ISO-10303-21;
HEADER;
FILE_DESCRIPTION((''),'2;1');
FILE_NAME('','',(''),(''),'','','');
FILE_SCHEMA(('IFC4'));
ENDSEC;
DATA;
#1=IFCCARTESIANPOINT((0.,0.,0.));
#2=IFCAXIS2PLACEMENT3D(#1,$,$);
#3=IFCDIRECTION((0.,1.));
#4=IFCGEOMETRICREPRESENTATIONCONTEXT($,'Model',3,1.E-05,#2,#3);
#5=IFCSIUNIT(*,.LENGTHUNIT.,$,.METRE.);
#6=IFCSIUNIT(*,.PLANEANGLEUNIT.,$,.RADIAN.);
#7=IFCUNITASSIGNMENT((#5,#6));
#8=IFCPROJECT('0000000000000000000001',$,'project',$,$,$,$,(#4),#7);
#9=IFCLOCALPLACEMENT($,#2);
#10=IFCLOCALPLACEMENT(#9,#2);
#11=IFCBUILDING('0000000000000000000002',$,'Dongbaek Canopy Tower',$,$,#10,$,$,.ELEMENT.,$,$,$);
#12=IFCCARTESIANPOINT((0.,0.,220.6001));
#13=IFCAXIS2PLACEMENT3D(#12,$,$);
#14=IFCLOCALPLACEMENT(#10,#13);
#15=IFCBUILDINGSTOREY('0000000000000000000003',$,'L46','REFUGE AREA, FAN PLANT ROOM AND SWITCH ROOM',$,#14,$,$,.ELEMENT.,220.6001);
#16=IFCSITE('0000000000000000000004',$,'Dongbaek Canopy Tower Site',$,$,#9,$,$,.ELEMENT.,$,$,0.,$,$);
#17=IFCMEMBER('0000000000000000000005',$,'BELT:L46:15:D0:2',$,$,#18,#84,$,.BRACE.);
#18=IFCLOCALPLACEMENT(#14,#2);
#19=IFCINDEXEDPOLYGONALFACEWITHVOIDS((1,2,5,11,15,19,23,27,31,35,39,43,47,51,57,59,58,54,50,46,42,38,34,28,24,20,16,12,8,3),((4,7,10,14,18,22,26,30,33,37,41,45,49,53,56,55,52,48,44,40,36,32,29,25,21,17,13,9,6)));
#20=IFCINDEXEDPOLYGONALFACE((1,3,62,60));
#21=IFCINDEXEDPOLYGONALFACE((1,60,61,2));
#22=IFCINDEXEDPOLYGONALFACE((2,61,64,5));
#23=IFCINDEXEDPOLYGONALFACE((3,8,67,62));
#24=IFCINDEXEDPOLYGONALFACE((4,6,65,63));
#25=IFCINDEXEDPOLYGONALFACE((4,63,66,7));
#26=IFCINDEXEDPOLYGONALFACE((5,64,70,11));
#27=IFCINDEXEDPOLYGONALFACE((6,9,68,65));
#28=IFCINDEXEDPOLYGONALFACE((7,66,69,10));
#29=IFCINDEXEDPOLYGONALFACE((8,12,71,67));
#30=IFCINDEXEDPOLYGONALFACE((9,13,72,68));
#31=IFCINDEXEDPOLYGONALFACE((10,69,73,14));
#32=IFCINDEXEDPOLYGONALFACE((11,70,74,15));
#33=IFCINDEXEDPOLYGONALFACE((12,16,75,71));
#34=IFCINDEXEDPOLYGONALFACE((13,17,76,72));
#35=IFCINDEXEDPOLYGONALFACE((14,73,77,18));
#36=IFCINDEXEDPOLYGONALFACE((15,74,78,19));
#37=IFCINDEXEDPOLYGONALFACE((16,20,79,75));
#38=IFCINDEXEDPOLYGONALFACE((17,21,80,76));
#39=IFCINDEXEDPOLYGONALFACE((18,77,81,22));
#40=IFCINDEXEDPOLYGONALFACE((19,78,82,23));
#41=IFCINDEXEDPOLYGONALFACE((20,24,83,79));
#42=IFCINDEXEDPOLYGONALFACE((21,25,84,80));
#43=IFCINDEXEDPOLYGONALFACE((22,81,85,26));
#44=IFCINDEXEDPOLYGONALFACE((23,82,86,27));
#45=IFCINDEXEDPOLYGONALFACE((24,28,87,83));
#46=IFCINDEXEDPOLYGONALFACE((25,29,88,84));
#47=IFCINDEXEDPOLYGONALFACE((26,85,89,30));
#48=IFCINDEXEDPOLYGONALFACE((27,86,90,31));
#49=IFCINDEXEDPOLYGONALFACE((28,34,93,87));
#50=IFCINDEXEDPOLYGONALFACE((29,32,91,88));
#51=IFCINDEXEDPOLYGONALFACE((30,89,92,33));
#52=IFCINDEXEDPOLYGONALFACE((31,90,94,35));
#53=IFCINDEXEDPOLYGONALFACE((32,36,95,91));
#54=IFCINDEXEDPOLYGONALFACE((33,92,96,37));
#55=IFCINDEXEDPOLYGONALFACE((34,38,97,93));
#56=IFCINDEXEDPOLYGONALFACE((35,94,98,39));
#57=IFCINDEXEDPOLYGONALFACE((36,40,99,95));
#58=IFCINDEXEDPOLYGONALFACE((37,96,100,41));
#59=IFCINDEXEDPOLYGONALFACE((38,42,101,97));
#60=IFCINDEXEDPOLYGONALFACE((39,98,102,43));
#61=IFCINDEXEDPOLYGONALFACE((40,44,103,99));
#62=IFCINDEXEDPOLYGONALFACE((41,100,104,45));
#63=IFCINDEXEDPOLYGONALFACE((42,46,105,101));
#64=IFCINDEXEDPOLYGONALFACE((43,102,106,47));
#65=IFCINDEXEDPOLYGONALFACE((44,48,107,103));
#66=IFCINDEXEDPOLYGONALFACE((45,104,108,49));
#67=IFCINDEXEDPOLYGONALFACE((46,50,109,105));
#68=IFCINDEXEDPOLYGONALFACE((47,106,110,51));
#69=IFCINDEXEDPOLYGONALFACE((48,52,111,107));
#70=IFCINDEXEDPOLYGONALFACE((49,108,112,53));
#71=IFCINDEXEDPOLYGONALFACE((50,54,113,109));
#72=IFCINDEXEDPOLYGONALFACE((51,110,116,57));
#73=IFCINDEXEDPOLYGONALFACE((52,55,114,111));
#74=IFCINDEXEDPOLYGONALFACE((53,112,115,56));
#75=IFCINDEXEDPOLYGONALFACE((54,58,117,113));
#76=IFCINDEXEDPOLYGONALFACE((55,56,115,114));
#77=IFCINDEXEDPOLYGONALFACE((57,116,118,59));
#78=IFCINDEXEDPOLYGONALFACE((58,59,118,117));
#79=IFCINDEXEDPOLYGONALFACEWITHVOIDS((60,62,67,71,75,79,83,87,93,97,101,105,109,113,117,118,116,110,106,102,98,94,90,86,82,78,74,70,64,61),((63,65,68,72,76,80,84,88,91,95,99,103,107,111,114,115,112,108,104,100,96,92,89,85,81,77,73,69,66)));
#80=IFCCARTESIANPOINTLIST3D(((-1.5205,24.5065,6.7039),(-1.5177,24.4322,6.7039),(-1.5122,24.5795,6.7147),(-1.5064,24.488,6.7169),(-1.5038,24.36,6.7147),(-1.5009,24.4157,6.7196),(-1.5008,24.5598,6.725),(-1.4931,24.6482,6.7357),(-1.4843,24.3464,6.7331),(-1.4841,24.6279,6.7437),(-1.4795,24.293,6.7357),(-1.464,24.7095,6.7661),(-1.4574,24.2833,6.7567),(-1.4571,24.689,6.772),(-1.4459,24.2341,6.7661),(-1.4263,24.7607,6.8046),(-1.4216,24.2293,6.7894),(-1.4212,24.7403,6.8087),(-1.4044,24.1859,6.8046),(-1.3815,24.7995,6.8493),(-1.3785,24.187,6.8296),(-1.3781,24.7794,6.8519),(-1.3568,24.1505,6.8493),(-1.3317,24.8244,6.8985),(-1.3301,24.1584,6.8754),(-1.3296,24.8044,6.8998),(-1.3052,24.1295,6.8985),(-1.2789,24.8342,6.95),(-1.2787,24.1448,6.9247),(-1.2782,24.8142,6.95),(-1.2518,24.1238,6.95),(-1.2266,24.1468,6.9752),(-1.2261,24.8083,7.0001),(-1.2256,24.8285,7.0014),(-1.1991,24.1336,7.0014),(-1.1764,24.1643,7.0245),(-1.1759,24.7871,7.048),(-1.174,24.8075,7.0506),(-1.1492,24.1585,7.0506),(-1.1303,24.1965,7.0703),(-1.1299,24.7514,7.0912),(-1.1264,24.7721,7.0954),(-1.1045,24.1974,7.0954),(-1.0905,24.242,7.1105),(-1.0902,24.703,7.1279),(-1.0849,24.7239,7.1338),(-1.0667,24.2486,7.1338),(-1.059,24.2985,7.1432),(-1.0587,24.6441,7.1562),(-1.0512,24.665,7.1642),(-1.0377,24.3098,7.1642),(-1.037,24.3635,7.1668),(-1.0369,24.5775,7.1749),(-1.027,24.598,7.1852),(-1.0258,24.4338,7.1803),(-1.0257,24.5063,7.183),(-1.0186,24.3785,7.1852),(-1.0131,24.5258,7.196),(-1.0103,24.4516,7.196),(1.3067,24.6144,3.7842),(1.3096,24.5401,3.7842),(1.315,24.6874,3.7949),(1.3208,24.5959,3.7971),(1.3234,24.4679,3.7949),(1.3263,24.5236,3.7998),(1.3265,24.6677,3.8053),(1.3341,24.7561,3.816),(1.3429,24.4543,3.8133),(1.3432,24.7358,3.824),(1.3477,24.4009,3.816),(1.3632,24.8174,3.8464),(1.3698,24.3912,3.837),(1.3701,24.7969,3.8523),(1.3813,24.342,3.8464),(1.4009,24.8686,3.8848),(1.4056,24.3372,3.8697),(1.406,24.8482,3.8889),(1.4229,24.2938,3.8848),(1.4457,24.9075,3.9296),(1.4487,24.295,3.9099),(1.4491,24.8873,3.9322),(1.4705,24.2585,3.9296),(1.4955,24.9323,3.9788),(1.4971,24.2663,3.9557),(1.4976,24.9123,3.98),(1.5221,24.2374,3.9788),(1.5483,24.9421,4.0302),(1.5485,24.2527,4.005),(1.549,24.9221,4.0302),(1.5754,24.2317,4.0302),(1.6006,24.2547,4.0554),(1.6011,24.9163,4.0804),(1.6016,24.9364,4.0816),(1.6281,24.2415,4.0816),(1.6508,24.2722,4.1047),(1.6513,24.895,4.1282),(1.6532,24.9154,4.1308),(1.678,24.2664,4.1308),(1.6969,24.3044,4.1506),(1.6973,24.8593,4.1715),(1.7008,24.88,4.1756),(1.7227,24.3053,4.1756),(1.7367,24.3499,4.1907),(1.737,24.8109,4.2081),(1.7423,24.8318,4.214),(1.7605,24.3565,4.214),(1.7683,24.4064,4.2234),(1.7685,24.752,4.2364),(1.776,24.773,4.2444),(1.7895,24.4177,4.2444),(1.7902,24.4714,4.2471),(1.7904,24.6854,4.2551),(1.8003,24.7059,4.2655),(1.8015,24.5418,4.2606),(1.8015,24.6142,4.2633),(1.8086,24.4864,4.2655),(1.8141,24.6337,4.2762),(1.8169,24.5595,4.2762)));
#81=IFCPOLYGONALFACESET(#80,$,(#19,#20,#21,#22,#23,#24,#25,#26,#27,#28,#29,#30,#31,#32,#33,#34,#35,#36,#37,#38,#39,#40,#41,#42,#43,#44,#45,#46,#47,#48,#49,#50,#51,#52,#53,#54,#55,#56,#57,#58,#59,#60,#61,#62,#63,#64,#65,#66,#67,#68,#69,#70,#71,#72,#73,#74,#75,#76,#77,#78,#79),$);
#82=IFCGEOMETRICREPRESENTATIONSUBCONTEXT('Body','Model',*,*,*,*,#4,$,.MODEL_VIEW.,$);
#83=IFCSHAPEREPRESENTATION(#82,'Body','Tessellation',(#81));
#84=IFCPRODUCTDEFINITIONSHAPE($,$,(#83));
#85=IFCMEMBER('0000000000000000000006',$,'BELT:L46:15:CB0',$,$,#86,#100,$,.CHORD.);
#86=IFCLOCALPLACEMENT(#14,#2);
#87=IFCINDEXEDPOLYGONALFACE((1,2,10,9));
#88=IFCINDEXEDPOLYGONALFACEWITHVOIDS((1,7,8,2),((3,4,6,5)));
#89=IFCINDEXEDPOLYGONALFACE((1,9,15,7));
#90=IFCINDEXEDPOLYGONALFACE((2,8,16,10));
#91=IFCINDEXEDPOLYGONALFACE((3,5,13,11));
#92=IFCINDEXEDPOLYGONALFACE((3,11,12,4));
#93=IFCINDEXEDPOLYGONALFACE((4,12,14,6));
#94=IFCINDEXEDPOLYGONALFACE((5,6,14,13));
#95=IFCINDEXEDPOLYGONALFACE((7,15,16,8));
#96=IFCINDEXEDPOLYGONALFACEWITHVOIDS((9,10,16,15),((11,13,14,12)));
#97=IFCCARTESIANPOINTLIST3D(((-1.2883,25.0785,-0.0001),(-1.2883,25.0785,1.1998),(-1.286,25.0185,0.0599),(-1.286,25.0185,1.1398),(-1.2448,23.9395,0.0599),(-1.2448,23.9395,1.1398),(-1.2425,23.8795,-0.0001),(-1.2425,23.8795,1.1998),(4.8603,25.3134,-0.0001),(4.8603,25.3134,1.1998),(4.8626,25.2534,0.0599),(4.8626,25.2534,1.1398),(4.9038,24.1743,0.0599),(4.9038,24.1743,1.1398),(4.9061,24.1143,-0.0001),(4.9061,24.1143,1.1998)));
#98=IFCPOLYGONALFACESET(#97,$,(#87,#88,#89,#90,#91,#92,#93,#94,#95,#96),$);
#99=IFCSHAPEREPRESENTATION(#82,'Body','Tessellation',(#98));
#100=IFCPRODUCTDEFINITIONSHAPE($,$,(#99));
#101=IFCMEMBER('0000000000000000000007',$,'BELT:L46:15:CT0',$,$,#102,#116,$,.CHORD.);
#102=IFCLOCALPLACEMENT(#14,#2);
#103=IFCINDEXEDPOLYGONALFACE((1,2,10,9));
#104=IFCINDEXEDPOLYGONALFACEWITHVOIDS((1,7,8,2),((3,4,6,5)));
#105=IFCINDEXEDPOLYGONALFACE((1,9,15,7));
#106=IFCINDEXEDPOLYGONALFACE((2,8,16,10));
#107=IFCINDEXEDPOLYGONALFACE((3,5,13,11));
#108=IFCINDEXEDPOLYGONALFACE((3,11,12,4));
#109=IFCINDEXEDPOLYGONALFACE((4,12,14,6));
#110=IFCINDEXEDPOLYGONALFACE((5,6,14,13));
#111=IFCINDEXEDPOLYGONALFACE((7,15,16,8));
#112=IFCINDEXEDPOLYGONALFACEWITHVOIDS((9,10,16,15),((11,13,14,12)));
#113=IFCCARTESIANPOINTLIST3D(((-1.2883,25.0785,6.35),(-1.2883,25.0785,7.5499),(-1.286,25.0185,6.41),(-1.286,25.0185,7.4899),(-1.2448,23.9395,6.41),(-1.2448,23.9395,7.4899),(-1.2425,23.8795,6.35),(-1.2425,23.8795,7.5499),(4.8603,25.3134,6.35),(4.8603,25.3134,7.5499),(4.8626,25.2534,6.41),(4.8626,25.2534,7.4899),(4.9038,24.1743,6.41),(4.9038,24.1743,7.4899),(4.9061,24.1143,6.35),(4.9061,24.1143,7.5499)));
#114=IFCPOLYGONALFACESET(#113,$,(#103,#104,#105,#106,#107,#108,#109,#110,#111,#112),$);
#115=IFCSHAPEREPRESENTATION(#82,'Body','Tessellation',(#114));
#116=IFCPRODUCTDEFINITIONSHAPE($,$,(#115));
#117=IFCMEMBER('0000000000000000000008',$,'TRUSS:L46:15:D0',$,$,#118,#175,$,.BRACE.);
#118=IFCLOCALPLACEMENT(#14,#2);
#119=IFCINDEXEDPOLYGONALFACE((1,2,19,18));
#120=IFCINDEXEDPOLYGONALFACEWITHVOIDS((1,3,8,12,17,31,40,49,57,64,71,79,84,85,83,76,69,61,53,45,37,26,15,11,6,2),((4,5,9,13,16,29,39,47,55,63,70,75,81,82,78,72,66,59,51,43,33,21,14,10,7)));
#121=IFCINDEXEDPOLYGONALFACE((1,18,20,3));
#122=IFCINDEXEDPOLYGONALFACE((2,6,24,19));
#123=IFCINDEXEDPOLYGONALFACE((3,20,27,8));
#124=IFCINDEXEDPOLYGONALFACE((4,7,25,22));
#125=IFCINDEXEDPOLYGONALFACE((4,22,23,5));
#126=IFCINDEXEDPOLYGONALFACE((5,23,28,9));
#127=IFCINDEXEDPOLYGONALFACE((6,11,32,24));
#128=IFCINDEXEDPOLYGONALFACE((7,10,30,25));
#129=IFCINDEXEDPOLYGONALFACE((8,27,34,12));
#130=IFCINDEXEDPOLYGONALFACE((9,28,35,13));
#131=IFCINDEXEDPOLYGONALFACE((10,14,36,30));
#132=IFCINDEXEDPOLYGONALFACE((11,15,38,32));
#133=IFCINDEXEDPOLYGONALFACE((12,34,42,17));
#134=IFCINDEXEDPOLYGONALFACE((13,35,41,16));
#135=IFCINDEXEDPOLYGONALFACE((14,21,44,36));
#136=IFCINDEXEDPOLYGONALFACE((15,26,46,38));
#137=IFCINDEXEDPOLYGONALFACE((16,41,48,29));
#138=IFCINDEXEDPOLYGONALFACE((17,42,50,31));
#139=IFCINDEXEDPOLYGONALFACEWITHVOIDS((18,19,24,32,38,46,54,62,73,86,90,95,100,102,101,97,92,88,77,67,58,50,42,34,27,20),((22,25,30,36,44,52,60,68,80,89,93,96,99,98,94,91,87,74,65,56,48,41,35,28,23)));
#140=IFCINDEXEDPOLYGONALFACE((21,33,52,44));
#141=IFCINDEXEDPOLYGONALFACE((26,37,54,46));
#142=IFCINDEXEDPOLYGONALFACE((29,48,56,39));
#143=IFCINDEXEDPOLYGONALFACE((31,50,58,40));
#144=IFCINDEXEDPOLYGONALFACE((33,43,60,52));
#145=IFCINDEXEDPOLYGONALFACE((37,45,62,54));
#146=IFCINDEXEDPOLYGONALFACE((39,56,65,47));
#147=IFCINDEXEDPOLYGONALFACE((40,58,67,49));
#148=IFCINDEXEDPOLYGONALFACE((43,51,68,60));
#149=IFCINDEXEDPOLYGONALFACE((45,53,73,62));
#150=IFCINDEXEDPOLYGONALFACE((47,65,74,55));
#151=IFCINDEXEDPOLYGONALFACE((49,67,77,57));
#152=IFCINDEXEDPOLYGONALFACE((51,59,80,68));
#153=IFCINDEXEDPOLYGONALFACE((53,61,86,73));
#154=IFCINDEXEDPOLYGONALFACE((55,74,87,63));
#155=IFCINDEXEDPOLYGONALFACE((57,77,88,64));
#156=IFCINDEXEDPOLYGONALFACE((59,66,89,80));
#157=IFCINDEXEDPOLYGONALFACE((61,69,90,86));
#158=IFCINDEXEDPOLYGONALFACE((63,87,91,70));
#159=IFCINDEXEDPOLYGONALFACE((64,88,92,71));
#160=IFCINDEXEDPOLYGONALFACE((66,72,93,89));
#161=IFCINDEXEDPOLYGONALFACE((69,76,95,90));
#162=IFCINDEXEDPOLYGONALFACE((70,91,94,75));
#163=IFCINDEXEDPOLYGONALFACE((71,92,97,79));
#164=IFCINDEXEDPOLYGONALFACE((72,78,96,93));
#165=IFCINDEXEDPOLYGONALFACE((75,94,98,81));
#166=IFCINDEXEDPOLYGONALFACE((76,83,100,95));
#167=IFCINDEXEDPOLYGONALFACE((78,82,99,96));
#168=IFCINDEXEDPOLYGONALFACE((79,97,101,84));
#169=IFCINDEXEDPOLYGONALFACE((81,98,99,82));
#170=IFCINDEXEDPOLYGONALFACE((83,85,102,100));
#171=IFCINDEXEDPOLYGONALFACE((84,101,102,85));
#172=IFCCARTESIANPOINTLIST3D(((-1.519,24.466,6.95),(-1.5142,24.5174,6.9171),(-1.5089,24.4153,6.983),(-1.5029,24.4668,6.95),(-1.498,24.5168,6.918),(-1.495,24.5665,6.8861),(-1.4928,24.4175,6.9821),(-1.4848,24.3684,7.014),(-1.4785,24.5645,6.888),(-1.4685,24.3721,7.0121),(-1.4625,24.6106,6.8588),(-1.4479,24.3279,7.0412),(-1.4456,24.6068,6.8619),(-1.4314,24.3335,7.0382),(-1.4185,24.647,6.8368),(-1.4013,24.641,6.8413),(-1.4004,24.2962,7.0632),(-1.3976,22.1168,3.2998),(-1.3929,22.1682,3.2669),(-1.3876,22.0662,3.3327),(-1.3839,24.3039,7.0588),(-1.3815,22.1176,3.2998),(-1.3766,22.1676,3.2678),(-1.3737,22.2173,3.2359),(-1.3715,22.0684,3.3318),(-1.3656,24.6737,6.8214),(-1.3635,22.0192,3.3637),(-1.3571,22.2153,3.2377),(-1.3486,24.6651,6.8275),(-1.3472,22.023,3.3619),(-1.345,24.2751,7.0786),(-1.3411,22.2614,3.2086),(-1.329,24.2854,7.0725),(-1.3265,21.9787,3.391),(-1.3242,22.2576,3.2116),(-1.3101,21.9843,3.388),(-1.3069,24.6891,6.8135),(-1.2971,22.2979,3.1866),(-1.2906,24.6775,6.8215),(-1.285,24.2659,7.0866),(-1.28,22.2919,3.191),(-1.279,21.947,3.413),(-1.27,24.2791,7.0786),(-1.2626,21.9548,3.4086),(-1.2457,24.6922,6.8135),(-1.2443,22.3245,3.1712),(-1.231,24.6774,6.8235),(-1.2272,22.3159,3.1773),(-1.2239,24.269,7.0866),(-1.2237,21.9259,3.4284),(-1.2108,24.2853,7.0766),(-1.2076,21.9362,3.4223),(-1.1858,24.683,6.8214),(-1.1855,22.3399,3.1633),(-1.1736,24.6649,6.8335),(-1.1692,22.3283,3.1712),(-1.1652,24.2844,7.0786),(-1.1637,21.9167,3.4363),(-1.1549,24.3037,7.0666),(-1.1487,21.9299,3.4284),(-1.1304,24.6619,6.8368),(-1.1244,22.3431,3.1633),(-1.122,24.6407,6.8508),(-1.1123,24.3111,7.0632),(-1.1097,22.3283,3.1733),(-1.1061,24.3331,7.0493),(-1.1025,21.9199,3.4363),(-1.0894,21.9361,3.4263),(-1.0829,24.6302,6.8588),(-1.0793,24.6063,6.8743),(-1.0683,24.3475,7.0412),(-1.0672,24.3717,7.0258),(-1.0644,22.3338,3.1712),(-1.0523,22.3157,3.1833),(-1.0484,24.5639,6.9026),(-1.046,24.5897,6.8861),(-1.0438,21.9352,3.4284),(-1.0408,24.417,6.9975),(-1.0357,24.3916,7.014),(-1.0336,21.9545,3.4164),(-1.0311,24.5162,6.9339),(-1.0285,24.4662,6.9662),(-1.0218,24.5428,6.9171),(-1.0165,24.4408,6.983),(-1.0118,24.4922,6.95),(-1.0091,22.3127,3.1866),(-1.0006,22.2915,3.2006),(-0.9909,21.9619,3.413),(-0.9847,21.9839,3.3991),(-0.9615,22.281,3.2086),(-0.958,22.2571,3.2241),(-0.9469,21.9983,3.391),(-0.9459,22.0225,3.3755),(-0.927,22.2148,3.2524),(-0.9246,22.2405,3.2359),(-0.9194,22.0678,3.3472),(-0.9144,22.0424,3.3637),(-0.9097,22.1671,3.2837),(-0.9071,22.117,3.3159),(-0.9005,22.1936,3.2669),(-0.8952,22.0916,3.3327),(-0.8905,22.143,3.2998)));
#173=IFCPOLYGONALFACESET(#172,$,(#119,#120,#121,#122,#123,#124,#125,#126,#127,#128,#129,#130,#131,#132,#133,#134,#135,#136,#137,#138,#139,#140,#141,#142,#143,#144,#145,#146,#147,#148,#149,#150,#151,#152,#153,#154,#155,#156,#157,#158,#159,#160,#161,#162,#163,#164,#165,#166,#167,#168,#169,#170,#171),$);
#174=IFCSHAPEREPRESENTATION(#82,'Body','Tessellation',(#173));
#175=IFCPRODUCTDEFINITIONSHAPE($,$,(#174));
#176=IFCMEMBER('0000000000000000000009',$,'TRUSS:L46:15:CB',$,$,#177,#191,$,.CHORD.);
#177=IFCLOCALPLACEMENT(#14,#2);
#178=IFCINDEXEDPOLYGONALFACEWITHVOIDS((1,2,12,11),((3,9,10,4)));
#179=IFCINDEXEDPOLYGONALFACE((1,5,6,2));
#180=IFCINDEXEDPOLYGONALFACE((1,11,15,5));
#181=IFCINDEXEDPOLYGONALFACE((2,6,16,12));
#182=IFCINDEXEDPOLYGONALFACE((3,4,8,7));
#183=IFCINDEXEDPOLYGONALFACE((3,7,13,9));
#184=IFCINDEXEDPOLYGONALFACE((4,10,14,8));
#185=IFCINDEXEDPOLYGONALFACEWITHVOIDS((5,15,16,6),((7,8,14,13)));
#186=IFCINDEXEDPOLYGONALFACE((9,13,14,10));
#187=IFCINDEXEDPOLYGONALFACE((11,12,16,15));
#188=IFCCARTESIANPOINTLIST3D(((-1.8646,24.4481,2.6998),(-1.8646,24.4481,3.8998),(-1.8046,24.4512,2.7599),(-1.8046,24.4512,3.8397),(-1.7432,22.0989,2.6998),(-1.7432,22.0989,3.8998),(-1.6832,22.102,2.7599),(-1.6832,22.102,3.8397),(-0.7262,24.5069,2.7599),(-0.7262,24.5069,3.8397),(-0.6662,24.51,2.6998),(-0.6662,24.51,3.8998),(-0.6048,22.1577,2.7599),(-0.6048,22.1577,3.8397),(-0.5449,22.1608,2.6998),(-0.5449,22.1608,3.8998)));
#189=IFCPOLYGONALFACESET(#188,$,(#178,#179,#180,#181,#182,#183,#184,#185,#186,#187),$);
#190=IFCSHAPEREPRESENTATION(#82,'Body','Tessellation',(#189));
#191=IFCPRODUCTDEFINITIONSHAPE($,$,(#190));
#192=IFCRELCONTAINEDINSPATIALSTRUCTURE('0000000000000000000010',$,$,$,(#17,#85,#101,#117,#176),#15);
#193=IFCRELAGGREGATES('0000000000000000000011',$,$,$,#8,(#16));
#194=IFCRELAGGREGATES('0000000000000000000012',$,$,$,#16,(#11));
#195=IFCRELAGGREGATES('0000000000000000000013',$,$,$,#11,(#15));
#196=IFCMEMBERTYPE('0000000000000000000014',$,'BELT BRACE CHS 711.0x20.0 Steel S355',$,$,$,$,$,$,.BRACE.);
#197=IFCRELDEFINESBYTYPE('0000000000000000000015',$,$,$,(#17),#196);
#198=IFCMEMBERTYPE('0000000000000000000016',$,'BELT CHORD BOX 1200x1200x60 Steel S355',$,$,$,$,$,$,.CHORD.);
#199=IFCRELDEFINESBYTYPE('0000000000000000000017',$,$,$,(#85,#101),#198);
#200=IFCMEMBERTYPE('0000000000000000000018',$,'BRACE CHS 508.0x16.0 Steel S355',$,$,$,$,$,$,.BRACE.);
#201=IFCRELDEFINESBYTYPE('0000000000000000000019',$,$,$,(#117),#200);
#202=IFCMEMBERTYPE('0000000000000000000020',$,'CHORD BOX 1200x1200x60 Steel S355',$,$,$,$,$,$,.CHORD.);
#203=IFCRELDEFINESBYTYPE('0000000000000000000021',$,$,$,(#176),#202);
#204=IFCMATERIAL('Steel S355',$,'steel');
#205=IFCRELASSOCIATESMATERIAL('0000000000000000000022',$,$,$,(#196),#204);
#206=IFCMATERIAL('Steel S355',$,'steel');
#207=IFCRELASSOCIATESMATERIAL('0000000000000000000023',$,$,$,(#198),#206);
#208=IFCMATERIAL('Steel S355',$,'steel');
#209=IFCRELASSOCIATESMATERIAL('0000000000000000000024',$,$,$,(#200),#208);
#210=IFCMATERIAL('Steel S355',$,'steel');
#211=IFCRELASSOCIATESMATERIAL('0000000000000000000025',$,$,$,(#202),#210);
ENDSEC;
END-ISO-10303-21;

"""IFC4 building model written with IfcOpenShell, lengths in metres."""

from ifc_helpers import new_model, si_unit, direction, frame, origin, origin_2d, place, context, subcontext, project, spatial, hollow_rectangle, hollow_circle, extrude, material, material_profile, profile_set, type_object, element, save


model = new_model("IFC4")

# Units and contexts
model_context = context("Model", 3, precision=1e-05, world=origin(), true_north=direction((0.0, 1.0)))
body_context = subcontext(model_context, "Body", "Model", "MODEL_VIEW")
ifc_project = project(units=[si_unit("LENGTHUNIT", "METRE"), si_unit("PLANEANGLEUNIT", "RADIAN")], contexts=[model_context])

# Site, building, storey
site_placement = place(None, origin())
site = spatial("IfcSite", under=ifc_project, at=site_placement, Name="Dongbaek Canopy Tower Site", CompositionType="ELEMENT", RefElevation=0.0)
building_placement = place(site_placement, origin())
building = spatial("IfcBuilding", under=site, at=building_placement, Name="Dongbaek Canopy Tower", CompositionType="ELEMENT")
storey_placement = place(building_placement, frame((0.0, 0.0, 220.6001)))
storey = spatial("IfcBuildingStorey", under=building, at=storey_placement, Name="L46", Description="REFUGE AREA, FAN PLANT ROOM AND SWITCH ROOM", CompositionType="ELEMENT", Elevation=220.6001)

# Members
ifc_material_1 = material(Name="Steel S355", Category="steel")
ifc_material_profile_1 = material_profile(ifc_material_1, hollow_circle(Radius=0.3555, WallThickness=0.02, at=origin_2d()), Name="BELT BRACE CHS 711.0x20.0 Steel S355")
ifc_profile_set_1 = profile_set([ifc_material_profile_1], Name="Steel S355")
member_type_1 = type_object("IfcMemberType", Name="BELT BRACE CHS 711.0x20.0 Steel S355", PredefinedType="BRACE", material=ifc_profile_set_1)
member_1_placement = place(storey_placement, frame((-1.2654, 24.479, 6.95), z_axis=(0.695386, 0.026542, -0.718146), x_axis=(-0.038141, 0.999272, 0.0)))
element("IfcMember", 1, at=member_1_placement, inside=storey, type_object=member_type_1, Name="BELT:L46:15:D0:2", PredefinedType="BRACE", context=body_context, shape_type="SweptSolid", body=[
    extrude(hollow_circle(Radius=0.3555, WallThickness=0.02, at=origin_2d()), origin(), (0.0, 0.0, 1.0), 4.0657),
])
ifc_material_2 = material(Name="Steel S355", Category="steel")
ifc_material_profile_2 = material_profile(ifc_material_2, hollow_rectangle(XDim=1.2, YDim=1.2, WallThickness=0.0601, at=origin_2d()), Name="BELT CHORD BOX 1200x1200x60 Steel S355")
ifc_profile_set_2 = profile_set([ifc_material_profile_2], Name="Steel S355")
member_type_2 = type_object("IfcMemberType", Name="BELT CHORD BOX 1200x1200x60 Steel S355", PredefinedType="CHORD", material=ifc_profile_set_2)
for number, where, z_axis, x_axis, name in (
    (2, (-1.2654, 24.479, 0.5999), (0.999271, 0.03817, 0.0), (-0.03817, 0.999271, 0.0), "BELT:L46:15:CB0"),
    (3, (-1.2654, 24.479, 6.95), (0.999271, 0.03817, 0.0), (-0.03817, 0.999271, 0.0), "BELT:L46:15:CT0"),
):
    element("IfcMember", number, at=place(storey_placement, frame(where, z_axis=z_axis, x_axis=x_axis)), inside=storey, type_object=member_type_2, Name=name, PredefinedType="CHORD", context=body_context, shape_type="SweptSolid", body=[
        extrude(hollow_rectangle(XDim=1.2, YDim=1.2, WallThickness=0.0601, at=origin_2d()), origin(), (0.0, 0.0, 1.0), 6.1531),
    ])
ifc_material_3 = material(Name="Steel S355", Category="steel")
ifc_material_profile_3 = material_profile(ifc_material_3, hollow_circle(Radius=0.2539, WallThickness=0.0161, at=origin_2d()), Name="BRACE CHS 508.0x16.0 Steel S355")
ifc_profile_set_3 = profile_set([ifc_material_profile_3], Name="Steel S355")
member_type_3 = type_object("IfcMemberType", Name="BRACE CHS 508.0x16.0 Steel S355", PredefinedType="BRACE", material=ifc_profile_set_3)
member_2_placement = place(storey_placement, frame((-1.144, 22.1299, 3.2998), z_axis=(-0.027942, 0.54097, 0.840578), x_axis=(-0.998669, -0.051584, 0.0)))
element("IfcMember", 4, at=member_2_placement, inside=storey, type_object=member_type_3, Name="TRUSS:L46:15:D0", PredefinedType="BRACE", context=body_context, shape_type="SweptSolid", body=[
    extrude(hollow_circle(Radius=0.2539, WallThickness=0.0161, at=origin_2d()), origin(), (0.0, 0.0, 1.0), 4.3425),
])
ifc_material_4 = material(Name="Steel S355", Category="steel")
ifc_material_profile_4 = material_profile(ifc_material_4, hollow_rectangle(XDim=1.2, YDim=1.2, WallThickness=0.0601, at=origin_2d()), Name="CHORD BOX 1200x1200x60 Steel S355")
ifc_profile_set_4 = profile_set([ifc_material_profile_4], Name="Steel S355")
member_type_4 = type_object("IfcMemberType", Name="CHORD BOX 1200x1200x60 Steel S355", PredefinedType="CHORD", material=ifc_profile_set_4)
for number, where, z_axis, x_axis, name in (
    (5, (-1.144, 22.1299, 3.2998), (-0.051584, 0.998669, 0.0), (-0.998669, -0.051584, 0.0), "TRUSS:L46:15:CB"),
):
    element("IfcMember", number, at=place(storey_placement, frame(where, z_axis=z_axis, x_axis=x_axis)), inside=storey, type_object=member_type_4, Name=name, PredefinedType="CHORD", context=body_context, shape_type="SweptSolid", body=[
        extrude(hollow_rectangle(XDim=1.2, YDim=1.2, WallThickness=0.0601, at=origin_2d()), origin(), (0.0, 0.0, 1.0), 2.3523),
    ])

save(model, "model.ifc")
